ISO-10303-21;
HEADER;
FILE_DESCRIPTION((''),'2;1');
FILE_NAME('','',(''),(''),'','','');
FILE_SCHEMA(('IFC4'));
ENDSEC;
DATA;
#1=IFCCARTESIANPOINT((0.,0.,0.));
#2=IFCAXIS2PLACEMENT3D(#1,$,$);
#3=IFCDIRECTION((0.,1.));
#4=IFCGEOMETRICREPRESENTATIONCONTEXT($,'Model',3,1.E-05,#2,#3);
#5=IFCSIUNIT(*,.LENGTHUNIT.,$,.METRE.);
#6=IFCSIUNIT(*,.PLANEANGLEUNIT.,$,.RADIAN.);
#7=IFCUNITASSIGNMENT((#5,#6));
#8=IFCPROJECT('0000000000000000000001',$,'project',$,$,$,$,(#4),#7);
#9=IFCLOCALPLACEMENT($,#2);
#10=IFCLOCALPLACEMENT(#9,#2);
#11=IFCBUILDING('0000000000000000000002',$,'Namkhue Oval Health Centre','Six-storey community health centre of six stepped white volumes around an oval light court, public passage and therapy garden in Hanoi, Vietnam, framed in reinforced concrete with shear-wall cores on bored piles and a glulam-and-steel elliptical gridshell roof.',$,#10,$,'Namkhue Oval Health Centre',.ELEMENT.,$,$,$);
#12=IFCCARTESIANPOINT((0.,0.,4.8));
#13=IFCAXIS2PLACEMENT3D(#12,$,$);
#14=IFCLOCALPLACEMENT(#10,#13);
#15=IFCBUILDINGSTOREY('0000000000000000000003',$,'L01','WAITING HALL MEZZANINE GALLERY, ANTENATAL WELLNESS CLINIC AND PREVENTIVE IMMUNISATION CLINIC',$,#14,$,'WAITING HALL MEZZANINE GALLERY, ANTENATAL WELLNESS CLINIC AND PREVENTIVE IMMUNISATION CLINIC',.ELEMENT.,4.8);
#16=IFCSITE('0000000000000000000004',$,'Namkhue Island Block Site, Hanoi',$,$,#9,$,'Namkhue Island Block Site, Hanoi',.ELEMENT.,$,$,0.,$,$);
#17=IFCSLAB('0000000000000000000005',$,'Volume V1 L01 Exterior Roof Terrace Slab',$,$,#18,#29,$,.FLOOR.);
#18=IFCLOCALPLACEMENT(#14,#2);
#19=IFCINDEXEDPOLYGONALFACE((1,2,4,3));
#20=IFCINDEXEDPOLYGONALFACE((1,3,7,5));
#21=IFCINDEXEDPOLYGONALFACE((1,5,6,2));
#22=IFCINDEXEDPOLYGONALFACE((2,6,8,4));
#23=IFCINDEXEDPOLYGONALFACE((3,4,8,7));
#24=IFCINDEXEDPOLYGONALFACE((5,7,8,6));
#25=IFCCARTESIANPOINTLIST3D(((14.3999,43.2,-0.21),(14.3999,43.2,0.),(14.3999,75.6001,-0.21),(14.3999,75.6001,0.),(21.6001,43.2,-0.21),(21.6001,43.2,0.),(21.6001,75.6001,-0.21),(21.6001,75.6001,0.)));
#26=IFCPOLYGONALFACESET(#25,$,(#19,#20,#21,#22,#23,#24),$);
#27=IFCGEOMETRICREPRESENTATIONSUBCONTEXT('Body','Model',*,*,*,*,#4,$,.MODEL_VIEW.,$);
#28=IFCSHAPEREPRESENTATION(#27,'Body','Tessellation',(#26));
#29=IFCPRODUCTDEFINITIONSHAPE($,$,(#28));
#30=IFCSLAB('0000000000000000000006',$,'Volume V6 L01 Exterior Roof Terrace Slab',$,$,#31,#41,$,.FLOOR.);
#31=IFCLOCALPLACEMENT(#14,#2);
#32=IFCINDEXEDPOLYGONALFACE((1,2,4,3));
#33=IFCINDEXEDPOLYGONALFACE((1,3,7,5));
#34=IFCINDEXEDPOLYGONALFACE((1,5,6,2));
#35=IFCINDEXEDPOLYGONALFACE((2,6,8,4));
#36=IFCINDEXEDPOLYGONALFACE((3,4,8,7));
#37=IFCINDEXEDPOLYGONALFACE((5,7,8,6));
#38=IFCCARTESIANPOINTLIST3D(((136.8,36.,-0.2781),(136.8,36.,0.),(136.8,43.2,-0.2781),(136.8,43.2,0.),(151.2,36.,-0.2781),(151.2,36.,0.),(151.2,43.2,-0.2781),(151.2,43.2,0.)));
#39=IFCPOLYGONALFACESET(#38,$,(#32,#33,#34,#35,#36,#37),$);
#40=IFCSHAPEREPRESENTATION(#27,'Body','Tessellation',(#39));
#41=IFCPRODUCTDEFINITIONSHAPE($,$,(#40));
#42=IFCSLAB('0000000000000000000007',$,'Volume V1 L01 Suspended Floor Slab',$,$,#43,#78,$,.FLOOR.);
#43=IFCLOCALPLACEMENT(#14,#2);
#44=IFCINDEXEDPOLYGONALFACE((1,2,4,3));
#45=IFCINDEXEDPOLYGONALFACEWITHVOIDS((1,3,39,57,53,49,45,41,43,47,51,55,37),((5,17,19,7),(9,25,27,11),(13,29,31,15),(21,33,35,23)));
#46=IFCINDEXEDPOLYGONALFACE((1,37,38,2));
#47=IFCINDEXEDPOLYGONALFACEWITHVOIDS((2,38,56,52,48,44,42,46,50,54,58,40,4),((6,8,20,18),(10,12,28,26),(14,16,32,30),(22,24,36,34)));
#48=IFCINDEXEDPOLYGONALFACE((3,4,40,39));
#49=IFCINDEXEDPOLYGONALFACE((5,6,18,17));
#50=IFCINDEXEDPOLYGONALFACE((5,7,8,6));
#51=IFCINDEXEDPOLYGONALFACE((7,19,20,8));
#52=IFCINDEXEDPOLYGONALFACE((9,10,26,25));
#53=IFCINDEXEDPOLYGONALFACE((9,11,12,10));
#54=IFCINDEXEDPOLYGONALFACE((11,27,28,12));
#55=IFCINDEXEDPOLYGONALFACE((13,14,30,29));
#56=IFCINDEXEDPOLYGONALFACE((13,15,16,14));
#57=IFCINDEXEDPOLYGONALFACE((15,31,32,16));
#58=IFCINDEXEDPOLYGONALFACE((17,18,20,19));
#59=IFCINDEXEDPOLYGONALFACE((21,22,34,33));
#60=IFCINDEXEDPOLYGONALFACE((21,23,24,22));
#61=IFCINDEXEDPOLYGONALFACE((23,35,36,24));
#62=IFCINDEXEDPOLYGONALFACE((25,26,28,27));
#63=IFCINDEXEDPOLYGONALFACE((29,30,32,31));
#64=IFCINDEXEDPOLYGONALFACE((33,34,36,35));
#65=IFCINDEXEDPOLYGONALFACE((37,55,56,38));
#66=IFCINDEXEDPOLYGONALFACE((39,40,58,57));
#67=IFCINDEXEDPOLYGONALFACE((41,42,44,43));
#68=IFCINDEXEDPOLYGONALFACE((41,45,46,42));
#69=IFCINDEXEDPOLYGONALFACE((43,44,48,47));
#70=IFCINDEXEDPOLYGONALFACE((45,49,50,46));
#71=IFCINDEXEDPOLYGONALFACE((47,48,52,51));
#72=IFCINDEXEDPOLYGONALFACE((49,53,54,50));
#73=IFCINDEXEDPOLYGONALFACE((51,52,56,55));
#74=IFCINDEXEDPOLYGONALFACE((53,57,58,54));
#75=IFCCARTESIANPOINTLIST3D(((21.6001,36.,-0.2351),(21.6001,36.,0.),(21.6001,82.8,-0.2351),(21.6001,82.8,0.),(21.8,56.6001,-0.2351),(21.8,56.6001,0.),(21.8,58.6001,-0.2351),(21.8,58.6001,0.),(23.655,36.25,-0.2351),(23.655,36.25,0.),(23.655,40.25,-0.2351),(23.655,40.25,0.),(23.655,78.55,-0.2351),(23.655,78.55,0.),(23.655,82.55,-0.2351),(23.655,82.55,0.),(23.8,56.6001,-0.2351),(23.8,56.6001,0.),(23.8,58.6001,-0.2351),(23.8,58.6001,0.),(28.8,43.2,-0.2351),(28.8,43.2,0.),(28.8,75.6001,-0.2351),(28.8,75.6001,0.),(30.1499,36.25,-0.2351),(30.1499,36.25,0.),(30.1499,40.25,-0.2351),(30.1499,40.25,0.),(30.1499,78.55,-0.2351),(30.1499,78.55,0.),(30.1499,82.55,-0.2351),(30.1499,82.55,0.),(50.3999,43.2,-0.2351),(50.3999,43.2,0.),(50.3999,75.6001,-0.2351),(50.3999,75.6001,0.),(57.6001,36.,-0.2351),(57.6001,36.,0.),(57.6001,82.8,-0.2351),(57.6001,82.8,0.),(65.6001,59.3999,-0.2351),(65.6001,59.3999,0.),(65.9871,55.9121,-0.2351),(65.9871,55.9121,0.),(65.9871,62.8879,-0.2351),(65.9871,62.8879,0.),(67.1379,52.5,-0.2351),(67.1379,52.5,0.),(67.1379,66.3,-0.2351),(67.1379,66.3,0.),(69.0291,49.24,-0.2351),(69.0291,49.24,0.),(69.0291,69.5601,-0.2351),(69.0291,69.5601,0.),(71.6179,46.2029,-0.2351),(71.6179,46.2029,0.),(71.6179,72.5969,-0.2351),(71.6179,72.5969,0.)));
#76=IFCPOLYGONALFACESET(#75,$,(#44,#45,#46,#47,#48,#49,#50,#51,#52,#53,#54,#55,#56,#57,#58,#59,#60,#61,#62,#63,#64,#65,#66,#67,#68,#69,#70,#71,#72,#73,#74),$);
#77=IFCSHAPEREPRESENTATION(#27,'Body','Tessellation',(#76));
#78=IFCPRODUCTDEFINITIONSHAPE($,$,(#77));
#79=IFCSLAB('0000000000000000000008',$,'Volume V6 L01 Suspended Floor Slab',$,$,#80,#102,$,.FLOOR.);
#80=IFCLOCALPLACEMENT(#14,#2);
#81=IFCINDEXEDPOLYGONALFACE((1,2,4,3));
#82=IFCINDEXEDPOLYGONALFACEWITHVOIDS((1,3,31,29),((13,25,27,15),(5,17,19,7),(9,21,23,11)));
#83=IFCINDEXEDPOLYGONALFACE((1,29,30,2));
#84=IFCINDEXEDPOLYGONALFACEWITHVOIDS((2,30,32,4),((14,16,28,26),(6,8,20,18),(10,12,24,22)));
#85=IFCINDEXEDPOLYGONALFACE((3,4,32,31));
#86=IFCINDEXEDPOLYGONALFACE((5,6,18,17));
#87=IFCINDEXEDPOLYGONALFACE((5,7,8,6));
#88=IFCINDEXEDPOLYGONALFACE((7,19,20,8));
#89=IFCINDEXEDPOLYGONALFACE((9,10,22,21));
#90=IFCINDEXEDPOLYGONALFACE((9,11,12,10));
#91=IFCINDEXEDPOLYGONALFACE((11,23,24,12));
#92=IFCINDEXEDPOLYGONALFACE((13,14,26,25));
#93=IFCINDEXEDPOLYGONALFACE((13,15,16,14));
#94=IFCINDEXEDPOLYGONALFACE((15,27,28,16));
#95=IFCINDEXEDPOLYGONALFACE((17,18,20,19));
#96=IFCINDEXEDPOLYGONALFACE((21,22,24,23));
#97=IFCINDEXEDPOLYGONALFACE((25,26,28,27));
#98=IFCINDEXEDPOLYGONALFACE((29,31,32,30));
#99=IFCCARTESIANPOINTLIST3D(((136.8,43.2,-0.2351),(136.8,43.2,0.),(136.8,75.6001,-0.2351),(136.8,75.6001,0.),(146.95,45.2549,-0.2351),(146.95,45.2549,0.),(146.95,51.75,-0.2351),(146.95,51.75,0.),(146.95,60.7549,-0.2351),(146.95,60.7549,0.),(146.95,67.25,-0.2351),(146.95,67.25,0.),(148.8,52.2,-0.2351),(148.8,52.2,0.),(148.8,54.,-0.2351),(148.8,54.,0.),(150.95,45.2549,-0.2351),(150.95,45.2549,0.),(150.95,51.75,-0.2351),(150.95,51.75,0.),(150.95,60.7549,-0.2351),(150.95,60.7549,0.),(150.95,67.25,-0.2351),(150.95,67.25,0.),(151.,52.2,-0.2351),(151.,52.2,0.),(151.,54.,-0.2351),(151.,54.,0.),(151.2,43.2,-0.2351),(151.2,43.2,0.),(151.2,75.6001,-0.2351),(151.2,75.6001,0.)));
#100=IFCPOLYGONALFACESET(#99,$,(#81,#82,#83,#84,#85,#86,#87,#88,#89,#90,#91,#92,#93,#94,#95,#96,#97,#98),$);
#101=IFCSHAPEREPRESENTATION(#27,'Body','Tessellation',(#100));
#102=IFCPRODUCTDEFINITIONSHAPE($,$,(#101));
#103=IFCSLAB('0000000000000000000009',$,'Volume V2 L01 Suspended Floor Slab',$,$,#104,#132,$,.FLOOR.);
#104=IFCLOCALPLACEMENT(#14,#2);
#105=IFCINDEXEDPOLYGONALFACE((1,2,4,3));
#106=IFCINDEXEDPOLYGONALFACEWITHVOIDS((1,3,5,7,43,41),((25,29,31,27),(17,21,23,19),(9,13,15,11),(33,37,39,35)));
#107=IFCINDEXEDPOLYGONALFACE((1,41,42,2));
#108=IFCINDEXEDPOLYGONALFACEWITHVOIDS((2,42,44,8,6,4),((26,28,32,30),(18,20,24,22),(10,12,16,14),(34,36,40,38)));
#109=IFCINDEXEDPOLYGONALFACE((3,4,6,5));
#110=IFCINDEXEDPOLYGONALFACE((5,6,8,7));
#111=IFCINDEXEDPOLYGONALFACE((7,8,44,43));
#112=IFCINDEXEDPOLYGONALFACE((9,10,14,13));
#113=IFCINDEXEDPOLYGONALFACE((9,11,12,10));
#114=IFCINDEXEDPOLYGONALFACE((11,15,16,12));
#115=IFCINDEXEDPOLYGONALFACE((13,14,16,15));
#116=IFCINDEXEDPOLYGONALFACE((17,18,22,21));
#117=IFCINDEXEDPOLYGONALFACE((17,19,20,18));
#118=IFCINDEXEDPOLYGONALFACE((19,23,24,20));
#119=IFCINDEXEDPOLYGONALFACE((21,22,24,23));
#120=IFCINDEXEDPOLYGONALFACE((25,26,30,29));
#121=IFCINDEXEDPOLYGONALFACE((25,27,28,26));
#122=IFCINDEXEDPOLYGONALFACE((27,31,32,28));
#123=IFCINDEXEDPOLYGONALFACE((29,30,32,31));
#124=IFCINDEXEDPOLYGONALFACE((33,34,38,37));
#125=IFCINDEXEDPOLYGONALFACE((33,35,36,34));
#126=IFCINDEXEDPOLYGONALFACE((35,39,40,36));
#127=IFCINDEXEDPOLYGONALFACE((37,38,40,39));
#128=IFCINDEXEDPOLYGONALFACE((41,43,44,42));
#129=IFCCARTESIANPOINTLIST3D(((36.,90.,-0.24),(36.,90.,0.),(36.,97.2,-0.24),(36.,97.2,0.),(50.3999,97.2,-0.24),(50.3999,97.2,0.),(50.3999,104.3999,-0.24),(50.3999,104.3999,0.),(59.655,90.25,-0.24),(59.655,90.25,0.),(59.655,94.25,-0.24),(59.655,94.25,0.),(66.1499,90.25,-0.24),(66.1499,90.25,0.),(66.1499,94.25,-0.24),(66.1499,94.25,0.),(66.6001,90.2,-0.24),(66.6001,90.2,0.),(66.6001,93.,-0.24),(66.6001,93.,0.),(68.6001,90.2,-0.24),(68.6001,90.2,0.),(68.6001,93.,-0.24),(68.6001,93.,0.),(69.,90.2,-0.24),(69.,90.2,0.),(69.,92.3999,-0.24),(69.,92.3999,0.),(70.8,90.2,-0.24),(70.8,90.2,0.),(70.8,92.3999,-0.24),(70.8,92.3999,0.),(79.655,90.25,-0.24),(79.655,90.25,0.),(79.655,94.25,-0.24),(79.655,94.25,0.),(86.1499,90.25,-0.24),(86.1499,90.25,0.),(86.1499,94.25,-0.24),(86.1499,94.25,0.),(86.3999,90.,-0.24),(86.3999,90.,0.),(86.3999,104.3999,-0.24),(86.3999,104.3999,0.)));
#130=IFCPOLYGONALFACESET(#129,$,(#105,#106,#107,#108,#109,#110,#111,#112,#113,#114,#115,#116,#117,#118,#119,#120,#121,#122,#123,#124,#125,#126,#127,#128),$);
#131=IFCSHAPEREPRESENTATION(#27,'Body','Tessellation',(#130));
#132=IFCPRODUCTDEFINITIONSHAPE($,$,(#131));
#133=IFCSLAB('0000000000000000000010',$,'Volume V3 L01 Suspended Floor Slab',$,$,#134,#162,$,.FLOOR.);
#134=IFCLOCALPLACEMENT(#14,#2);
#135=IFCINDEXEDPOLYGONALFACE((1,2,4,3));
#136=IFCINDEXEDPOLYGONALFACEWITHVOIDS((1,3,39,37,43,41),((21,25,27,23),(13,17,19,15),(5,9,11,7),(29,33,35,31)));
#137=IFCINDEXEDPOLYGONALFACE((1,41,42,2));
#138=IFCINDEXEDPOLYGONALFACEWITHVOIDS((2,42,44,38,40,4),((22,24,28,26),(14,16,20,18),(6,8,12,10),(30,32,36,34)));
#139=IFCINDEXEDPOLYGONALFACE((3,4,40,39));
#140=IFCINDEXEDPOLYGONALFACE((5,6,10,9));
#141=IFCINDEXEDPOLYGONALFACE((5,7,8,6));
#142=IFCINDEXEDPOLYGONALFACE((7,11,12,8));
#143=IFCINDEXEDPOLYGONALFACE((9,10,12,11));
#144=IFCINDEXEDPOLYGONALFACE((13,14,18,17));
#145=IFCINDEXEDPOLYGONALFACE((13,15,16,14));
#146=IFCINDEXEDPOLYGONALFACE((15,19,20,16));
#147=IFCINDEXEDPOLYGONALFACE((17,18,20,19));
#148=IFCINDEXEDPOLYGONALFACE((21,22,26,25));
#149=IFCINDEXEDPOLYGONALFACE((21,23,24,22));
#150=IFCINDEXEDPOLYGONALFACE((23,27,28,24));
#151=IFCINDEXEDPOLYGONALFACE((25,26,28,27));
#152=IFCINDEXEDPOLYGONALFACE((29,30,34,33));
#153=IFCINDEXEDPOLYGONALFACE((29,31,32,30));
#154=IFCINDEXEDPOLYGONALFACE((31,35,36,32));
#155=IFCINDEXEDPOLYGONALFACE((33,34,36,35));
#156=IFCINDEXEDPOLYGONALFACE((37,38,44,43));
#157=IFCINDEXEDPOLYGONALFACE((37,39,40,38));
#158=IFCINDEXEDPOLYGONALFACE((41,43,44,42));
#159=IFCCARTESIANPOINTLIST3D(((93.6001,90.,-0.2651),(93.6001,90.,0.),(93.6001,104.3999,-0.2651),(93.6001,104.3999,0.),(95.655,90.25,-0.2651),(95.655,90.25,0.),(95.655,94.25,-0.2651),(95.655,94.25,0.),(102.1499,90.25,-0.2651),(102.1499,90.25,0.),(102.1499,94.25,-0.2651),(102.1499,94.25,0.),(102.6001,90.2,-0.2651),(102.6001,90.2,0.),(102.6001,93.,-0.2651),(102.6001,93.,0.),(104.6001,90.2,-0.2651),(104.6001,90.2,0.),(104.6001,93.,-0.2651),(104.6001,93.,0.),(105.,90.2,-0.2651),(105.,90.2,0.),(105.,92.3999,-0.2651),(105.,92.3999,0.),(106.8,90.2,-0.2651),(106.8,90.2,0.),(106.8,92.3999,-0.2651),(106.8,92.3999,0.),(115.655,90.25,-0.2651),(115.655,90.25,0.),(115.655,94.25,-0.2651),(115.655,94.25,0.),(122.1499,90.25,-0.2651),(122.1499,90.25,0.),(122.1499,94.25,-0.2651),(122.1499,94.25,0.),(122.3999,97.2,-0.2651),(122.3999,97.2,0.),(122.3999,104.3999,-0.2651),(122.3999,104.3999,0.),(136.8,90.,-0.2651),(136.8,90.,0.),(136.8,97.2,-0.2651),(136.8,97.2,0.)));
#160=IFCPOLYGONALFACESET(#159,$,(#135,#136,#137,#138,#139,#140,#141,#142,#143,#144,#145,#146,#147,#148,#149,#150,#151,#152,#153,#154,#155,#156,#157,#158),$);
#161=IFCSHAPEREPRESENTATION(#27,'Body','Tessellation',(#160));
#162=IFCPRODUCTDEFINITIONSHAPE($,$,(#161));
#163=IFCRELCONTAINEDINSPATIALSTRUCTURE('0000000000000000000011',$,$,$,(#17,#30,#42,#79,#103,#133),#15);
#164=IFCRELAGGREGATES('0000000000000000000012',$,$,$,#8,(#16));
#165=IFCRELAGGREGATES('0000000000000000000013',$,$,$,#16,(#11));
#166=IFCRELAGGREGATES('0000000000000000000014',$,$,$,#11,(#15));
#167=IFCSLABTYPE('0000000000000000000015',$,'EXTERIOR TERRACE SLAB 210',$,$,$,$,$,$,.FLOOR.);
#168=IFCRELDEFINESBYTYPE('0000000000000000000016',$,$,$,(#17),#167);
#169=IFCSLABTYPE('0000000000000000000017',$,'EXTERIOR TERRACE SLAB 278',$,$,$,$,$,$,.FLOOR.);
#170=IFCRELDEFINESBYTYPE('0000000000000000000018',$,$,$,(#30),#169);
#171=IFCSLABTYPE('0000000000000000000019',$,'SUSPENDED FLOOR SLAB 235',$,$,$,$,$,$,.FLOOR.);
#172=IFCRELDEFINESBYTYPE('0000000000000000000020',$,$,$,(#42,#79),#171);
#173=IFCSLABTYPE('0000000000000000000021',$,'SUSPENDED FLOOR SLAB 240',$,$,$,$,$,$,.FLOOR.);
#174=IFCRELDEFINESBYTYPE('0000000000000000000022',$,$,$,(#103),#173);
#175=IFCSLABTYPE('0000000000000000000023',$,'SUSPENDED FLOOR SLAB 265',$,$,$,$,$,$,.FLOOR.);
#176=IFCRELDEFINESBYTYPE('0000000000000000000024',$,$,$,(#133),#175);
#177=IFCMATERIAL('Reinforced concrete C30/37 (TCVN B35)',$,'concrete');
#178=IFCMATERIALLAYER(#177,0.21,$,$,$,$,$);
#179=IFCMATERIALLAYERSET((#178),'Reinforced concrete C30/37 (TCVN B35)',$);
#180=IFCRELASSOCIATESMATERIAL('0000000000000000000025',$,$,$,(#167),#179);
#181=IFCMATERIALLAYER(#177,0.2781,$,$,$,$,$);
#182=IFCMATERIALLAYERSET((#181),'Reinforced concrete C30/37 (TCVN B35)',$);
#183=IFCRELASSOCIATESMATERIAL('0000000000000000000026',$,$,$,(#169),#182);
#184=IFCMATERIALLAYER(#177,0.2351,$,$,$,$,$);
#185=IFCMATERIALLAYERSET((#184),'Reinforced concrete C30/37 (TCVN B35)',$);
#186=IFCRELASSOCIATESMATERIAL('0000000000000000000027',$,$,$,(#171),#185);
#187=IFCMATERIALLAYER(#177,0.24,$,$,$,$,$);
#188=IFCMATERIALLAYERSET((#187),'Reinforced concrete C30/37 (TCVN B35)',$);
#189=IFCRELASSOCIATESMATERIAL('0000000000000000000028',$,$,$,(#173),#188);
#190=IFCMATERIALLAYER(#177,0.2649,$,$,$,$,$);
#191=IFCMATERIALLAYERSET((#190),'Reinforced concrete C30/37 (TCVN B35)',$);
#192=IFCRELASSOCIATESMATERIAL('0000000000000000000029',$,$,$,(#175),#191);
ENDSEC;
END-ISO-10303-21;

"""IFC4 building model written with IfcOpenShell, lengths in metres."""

from ifc_helpers import new_model, si_unit, direction, frame, origin, place, context, subcontext, project, spatial, polyline, outline, extrude, material, layer, layer_set, type_object, element, save


model = new_model("IFC4")

# Units and contexts
model_context = context("Model", 3, precision=1e-05, world=origin(), true_north=direction((0.0, 1.0)))
body_context = subcontext(model_context, "Body", "Model", "MODEL_VIEW")
ifc_project = project(units=[si_unit("LENGTHUNIT", "METRE"), si_unit("PLANEANGLEUNIT", "RADIAN")], contexts=[model_context])

# Site, building, storey
site_placement = place(None, origin())
site = spatial("IfcSite", under=ifc_project, at=site_placement, Name="Namkhue Island Block Site, Hanoi", LongName="Namkhue Island Block Site, Hanoi", CompositionType="ELEMENT", RefElevation=0.0)
building_placement = place(site_placement, origin())
building = spatial("IfcBuilding", under=site, at=building_placement, Name="Namkhue Oval Health Centre", Description="Six-storey community health centre of six stepped white volumes around an oval light court, public passage and therapy garden in Hanoi, Vietnam, framed in reinforced concrete with shear-wall cores on bored piles and a glulam-and-steel elliptical gridshell roof.", LongName="Namkhue Oval Health Centre", CompositionType="ELEMENT")
storey_placement = place(building_placement, frame((0.0, 0.0, 4.8)))
storey = spatial("IfcBuildingStorey", under=building, at=storey_placement, Name="L01", Description="WAITING HALL MEZZANINE GALLERY, ANTENATAL WELLNESS CLINIC AND PREVENTIVE IMMUNISATION CLINIC", LongName="WAITING HALL MEZZANINE GALLERY, ANTENATAL WELLNESS CLINIC AND PREVENTIVE IMMUNISATION CLINIC", CompositionType="ELEMENT", Elevation=4.8)

# Slabs
ifc_material_1 = material(Name="Reinforced concrete C30/37 (TCVN B35)", Category="concrete")
ifc_layer_1 = layer(ifc_material_1, 0.21)
ifc_layer_set_1 = layer_set([ifc_layer_1], Name="Reinforced concrete C30/37 (TCVN B35)")
slab_type_1 = type_object("IfcSlabType", Name="EXTERIOR TERRACE SLAB 210", PredefinedType="FLOOR", material=ifc_layer_set_1)
slab_1_placement = place(storey_placement, frame((0.0, 0.0, -0.21)))
element("IfcSlab", 1, at=slab_1_placement, inside=storey, type_object=slab_type_1, Name="Volume V1 L01 Exterior Roof Terrace Slab", PredefinedType="FLOOR", context=body_context, shape_type="SweptSolid", body=[
    extrude(outline(polyline([(14.3999, 43.2), (21.6001, 43.2), (21.6001, 75.6001), (14.3999, 75.6001), (14.3999, 43.2)])), origin(), (0.0, 0.0, 1.0), 0.21),
])
ifc_layer_2 = layer(ifc_material_1, 0.2781)
ifc_layer_set_2 = layer_set([ifc_layer_2], Name="Reinforced concrete C30/37 (TCVN B35)")
slab_type_2 = type_object("IfcSlabType", Name="EXTERIOR TERRACE SLAB 278", PredefinedType="FLOOR", material=ifc_layer_set_2)
slab_2_placement = place(storey_placement, frame((0.0, 0.0, -0.2781)))
element("IfcSlab", 2, at=slab_2_placement, inside=storey, type_object=slab_type_2, Name="Volume V6 L01 Exterior Roof Terrace Slab", PredefinedType="FLOOR", context=body_context, shape_type="SweptSolid", body=[
    extrude(outline(polyline([(136.8, 36.0), (151.2, 36.0), (151.2, 43.2), (136.8, 43.2), (136.8, 36.0)])), origin(), (0.0, 0.0, 1.0), 0.2781),
])
ifc_layer_3 = layer(ifc_material_1, 0.2351)
ifc_layer_set_3 = layer_set([ifc_layer_3], Name="Reinforced concrete C30/37 (TCVN B35)")
slab_type_3 = type_object("IfcSlabType", Name="SUSPENDED FLOOR SLAB 235", PredefinedType="FLOOR", material=ifc_layer_set_3)
slab_3_placement = place(storey_placement, frame((0.0, 0.0, -0.2351)))
element("IfcSlab", 3, at=slab_3_placement, inside=storey, type_object=slab_type_3, Name="Volume V1 L01 Suspended Floor Slab", PredefinedType="FLOOR", context=body_context, shape_type="SweptSolid", body=[
    extrude(outline(polyline([(21.6001, 36.0), (57.6001, 36.0), (71.6179, 46.2029), (69.0291, 49.24), (67.1379, 52.5), (65.9871, 55.9121), (65.6001, 59.3999), (65.9871, 62.8879), (67.1379, 66.3), (69.0291, 69.5601), (71.6179, 72.5969), (57.6001, 82.8), (21.6001, 82.8), (21.6001, 36.0)]), holes=[polyline([(28.8, 43.2), (50.3999, 43.2), (50.3999, 75.6001), (28.8, 75.6001), (28.8, 43.2)]), polyline([(23.655, 36.25), (30.1499, 36.25), (30.1499, 40.25), (23.655, 40.25), (23.655, 36.25)]), polyline([(23.655, 78.55), (30.1499, 78.55), (30.1499, 82.55), (23.655, 82.55), (23.655, 78.55)]), polyline([(21.8, 56.6001), (23.8, 56.6001), (23.8, 58.6001), (21.8, 58.6001), (21.8, 56.6001)])]), origin(), (0.0, 0.0, 1.0), 0.2351),
])
slab_4_placement = place(storey_placement, frame((0.0, 0.0, -0.2351)))
element("IfcSlab", 4, at=slab_4_placement, inside=storey, type_object=slab_type_3, Name="Volume V6 L01 Suspended Floor Slab", PredefinedType="FLOOR", context=body_context, shape_type="SweptSolid", body=[
    extrude(outline(polyline([(136.8, 43.2), (151.2, 43.2), (151.2, 75.6001), (136.8, 75.6001), (136.8, 43.2)]), holes=[polyline([(146.95, 45.2549), (150.95, 45.2549), (150.95, 51.75), (146.95, 51.75), (146.95, 45.2549)]), polyline([(146.95, 60.7549), (150.95, 60.7549), (150.95, 67.25), (146.95, 67.25), (146.95, 60.7549)]), polyline([(148.8, 52.2), (151.0, 52.2), (151.0, 54.0), (148.8, 54.0), (148.8, 52.2)])]), origin(), (0.0, 0.0, 1.0), 0.2351),
])
ifc_layer_4 = layer(ifc_material_1, 0.24)
ifc_layer_set_4 = layer_set([ifc_layer_4], Name="Reinforced concrete C30/37 (TCVN B35)")
slab_type_4 = type_object("IfcSlabType", Name="SUSPENDED FLOOR SLAB 240", PredefinedType="FLOOR", material=ifc_layer_set_4)
slab_5_placement = place(storey_placement, frame((0.0, 0.0, -0.24)))
element("IfcSlab", 5, at=slab_5_placement, inside=storey, type_object=slab_type_4, Name="Volume V2 L01 Suspended Floor Slab", PredefinedType="FLOOR", context=body_context, shape_type="SweptSolid", body=[
    extrude(outline(polyline([(36.0, 90.0), (86.3999, 90.0), (86.3999, 104.3999), (50.3999, 104.3999), (50.3999, 97.2), (36.0, 97.2), (36.0, 90.0)]), holes=[polyline([(59.655, 90.25), (66.1499, 90.25), (66.1499, 94.25), (59.655, 94.25), (59.655, 90.25)]), polyline([(79.655, 90.25), (86.1499, 90.25), (86.1499, 94.25), (79.655, 94.25), (79.655, 90.25)]), polyline([(66.6001, 90.2), (68.6001, 90.2), (68.6001, 93.0), (66.6001, 93.0), (66.6001, 90.2)]), polyline([(69.0, 90.2), (70.8, 90.2), (70.8, 92.3999), (69.0, 92.3999), (69.0, 90.2)])]), origin(), (0.0, 0.0, 1.0), 0.24),
])
ifc_layer_5 = layer(ifc_material_1, 0.2649)
ifc_layer_set_5 = layer_set([ifc_layer_5], Name="Reinforced concrete C30/37 (TCVN B35)")
slab_type_5 = type_object("IfcSlabType", Name="SUSPENDED FLOOR SLAB 265", PredefinedType="FLOOR", material=ifc_layer_set_5)
slab_6_placement = place(storey_placement, frame((0.0, 0.0, -0.2651)))
element("IfcSlab", 6, at=slab_6_placement, inside=storey, type_object=slab_type_5, Name="Volume V3 L01 Suspended Floor Slab", PredefinedType="FLOOR", context=body_context, shape_type="SweptSolid", body=[
    extrude(outline(polyline([(93.6001, 90.0), (136.8, 90.0), (136.8, 97.2), (122.3999, 97.2), (122.3999, 104.3999), (93.6001, 104.3999), (93.6001, 90.0)]), holes=[polyline([(95.655, 90.25), (102.1499, 90.25), (102.1499, 94.25), (95.655, 94.25), (95.655, 90.25)]), polyline([(115.655, 90.25), (122.1499, 90.25), (122.1499, 94.25), (115.655, 94.25), (115.655, 90.25)]), polyline([(102.6001, 90.2), (104.6001, 90.2), (104.6001, 93.0), (102.6001, 93.0), (102.6001, 90.2)]), polyline([(105.0, 90.2), (106.8, 90.2), (106.8, 92.3999), (105.0, 92.3999), (105.0, 90.2)])]), origin(), (0.0, 0.0, 1.0), 0.2651),
])

save(model, "model.ifc")
